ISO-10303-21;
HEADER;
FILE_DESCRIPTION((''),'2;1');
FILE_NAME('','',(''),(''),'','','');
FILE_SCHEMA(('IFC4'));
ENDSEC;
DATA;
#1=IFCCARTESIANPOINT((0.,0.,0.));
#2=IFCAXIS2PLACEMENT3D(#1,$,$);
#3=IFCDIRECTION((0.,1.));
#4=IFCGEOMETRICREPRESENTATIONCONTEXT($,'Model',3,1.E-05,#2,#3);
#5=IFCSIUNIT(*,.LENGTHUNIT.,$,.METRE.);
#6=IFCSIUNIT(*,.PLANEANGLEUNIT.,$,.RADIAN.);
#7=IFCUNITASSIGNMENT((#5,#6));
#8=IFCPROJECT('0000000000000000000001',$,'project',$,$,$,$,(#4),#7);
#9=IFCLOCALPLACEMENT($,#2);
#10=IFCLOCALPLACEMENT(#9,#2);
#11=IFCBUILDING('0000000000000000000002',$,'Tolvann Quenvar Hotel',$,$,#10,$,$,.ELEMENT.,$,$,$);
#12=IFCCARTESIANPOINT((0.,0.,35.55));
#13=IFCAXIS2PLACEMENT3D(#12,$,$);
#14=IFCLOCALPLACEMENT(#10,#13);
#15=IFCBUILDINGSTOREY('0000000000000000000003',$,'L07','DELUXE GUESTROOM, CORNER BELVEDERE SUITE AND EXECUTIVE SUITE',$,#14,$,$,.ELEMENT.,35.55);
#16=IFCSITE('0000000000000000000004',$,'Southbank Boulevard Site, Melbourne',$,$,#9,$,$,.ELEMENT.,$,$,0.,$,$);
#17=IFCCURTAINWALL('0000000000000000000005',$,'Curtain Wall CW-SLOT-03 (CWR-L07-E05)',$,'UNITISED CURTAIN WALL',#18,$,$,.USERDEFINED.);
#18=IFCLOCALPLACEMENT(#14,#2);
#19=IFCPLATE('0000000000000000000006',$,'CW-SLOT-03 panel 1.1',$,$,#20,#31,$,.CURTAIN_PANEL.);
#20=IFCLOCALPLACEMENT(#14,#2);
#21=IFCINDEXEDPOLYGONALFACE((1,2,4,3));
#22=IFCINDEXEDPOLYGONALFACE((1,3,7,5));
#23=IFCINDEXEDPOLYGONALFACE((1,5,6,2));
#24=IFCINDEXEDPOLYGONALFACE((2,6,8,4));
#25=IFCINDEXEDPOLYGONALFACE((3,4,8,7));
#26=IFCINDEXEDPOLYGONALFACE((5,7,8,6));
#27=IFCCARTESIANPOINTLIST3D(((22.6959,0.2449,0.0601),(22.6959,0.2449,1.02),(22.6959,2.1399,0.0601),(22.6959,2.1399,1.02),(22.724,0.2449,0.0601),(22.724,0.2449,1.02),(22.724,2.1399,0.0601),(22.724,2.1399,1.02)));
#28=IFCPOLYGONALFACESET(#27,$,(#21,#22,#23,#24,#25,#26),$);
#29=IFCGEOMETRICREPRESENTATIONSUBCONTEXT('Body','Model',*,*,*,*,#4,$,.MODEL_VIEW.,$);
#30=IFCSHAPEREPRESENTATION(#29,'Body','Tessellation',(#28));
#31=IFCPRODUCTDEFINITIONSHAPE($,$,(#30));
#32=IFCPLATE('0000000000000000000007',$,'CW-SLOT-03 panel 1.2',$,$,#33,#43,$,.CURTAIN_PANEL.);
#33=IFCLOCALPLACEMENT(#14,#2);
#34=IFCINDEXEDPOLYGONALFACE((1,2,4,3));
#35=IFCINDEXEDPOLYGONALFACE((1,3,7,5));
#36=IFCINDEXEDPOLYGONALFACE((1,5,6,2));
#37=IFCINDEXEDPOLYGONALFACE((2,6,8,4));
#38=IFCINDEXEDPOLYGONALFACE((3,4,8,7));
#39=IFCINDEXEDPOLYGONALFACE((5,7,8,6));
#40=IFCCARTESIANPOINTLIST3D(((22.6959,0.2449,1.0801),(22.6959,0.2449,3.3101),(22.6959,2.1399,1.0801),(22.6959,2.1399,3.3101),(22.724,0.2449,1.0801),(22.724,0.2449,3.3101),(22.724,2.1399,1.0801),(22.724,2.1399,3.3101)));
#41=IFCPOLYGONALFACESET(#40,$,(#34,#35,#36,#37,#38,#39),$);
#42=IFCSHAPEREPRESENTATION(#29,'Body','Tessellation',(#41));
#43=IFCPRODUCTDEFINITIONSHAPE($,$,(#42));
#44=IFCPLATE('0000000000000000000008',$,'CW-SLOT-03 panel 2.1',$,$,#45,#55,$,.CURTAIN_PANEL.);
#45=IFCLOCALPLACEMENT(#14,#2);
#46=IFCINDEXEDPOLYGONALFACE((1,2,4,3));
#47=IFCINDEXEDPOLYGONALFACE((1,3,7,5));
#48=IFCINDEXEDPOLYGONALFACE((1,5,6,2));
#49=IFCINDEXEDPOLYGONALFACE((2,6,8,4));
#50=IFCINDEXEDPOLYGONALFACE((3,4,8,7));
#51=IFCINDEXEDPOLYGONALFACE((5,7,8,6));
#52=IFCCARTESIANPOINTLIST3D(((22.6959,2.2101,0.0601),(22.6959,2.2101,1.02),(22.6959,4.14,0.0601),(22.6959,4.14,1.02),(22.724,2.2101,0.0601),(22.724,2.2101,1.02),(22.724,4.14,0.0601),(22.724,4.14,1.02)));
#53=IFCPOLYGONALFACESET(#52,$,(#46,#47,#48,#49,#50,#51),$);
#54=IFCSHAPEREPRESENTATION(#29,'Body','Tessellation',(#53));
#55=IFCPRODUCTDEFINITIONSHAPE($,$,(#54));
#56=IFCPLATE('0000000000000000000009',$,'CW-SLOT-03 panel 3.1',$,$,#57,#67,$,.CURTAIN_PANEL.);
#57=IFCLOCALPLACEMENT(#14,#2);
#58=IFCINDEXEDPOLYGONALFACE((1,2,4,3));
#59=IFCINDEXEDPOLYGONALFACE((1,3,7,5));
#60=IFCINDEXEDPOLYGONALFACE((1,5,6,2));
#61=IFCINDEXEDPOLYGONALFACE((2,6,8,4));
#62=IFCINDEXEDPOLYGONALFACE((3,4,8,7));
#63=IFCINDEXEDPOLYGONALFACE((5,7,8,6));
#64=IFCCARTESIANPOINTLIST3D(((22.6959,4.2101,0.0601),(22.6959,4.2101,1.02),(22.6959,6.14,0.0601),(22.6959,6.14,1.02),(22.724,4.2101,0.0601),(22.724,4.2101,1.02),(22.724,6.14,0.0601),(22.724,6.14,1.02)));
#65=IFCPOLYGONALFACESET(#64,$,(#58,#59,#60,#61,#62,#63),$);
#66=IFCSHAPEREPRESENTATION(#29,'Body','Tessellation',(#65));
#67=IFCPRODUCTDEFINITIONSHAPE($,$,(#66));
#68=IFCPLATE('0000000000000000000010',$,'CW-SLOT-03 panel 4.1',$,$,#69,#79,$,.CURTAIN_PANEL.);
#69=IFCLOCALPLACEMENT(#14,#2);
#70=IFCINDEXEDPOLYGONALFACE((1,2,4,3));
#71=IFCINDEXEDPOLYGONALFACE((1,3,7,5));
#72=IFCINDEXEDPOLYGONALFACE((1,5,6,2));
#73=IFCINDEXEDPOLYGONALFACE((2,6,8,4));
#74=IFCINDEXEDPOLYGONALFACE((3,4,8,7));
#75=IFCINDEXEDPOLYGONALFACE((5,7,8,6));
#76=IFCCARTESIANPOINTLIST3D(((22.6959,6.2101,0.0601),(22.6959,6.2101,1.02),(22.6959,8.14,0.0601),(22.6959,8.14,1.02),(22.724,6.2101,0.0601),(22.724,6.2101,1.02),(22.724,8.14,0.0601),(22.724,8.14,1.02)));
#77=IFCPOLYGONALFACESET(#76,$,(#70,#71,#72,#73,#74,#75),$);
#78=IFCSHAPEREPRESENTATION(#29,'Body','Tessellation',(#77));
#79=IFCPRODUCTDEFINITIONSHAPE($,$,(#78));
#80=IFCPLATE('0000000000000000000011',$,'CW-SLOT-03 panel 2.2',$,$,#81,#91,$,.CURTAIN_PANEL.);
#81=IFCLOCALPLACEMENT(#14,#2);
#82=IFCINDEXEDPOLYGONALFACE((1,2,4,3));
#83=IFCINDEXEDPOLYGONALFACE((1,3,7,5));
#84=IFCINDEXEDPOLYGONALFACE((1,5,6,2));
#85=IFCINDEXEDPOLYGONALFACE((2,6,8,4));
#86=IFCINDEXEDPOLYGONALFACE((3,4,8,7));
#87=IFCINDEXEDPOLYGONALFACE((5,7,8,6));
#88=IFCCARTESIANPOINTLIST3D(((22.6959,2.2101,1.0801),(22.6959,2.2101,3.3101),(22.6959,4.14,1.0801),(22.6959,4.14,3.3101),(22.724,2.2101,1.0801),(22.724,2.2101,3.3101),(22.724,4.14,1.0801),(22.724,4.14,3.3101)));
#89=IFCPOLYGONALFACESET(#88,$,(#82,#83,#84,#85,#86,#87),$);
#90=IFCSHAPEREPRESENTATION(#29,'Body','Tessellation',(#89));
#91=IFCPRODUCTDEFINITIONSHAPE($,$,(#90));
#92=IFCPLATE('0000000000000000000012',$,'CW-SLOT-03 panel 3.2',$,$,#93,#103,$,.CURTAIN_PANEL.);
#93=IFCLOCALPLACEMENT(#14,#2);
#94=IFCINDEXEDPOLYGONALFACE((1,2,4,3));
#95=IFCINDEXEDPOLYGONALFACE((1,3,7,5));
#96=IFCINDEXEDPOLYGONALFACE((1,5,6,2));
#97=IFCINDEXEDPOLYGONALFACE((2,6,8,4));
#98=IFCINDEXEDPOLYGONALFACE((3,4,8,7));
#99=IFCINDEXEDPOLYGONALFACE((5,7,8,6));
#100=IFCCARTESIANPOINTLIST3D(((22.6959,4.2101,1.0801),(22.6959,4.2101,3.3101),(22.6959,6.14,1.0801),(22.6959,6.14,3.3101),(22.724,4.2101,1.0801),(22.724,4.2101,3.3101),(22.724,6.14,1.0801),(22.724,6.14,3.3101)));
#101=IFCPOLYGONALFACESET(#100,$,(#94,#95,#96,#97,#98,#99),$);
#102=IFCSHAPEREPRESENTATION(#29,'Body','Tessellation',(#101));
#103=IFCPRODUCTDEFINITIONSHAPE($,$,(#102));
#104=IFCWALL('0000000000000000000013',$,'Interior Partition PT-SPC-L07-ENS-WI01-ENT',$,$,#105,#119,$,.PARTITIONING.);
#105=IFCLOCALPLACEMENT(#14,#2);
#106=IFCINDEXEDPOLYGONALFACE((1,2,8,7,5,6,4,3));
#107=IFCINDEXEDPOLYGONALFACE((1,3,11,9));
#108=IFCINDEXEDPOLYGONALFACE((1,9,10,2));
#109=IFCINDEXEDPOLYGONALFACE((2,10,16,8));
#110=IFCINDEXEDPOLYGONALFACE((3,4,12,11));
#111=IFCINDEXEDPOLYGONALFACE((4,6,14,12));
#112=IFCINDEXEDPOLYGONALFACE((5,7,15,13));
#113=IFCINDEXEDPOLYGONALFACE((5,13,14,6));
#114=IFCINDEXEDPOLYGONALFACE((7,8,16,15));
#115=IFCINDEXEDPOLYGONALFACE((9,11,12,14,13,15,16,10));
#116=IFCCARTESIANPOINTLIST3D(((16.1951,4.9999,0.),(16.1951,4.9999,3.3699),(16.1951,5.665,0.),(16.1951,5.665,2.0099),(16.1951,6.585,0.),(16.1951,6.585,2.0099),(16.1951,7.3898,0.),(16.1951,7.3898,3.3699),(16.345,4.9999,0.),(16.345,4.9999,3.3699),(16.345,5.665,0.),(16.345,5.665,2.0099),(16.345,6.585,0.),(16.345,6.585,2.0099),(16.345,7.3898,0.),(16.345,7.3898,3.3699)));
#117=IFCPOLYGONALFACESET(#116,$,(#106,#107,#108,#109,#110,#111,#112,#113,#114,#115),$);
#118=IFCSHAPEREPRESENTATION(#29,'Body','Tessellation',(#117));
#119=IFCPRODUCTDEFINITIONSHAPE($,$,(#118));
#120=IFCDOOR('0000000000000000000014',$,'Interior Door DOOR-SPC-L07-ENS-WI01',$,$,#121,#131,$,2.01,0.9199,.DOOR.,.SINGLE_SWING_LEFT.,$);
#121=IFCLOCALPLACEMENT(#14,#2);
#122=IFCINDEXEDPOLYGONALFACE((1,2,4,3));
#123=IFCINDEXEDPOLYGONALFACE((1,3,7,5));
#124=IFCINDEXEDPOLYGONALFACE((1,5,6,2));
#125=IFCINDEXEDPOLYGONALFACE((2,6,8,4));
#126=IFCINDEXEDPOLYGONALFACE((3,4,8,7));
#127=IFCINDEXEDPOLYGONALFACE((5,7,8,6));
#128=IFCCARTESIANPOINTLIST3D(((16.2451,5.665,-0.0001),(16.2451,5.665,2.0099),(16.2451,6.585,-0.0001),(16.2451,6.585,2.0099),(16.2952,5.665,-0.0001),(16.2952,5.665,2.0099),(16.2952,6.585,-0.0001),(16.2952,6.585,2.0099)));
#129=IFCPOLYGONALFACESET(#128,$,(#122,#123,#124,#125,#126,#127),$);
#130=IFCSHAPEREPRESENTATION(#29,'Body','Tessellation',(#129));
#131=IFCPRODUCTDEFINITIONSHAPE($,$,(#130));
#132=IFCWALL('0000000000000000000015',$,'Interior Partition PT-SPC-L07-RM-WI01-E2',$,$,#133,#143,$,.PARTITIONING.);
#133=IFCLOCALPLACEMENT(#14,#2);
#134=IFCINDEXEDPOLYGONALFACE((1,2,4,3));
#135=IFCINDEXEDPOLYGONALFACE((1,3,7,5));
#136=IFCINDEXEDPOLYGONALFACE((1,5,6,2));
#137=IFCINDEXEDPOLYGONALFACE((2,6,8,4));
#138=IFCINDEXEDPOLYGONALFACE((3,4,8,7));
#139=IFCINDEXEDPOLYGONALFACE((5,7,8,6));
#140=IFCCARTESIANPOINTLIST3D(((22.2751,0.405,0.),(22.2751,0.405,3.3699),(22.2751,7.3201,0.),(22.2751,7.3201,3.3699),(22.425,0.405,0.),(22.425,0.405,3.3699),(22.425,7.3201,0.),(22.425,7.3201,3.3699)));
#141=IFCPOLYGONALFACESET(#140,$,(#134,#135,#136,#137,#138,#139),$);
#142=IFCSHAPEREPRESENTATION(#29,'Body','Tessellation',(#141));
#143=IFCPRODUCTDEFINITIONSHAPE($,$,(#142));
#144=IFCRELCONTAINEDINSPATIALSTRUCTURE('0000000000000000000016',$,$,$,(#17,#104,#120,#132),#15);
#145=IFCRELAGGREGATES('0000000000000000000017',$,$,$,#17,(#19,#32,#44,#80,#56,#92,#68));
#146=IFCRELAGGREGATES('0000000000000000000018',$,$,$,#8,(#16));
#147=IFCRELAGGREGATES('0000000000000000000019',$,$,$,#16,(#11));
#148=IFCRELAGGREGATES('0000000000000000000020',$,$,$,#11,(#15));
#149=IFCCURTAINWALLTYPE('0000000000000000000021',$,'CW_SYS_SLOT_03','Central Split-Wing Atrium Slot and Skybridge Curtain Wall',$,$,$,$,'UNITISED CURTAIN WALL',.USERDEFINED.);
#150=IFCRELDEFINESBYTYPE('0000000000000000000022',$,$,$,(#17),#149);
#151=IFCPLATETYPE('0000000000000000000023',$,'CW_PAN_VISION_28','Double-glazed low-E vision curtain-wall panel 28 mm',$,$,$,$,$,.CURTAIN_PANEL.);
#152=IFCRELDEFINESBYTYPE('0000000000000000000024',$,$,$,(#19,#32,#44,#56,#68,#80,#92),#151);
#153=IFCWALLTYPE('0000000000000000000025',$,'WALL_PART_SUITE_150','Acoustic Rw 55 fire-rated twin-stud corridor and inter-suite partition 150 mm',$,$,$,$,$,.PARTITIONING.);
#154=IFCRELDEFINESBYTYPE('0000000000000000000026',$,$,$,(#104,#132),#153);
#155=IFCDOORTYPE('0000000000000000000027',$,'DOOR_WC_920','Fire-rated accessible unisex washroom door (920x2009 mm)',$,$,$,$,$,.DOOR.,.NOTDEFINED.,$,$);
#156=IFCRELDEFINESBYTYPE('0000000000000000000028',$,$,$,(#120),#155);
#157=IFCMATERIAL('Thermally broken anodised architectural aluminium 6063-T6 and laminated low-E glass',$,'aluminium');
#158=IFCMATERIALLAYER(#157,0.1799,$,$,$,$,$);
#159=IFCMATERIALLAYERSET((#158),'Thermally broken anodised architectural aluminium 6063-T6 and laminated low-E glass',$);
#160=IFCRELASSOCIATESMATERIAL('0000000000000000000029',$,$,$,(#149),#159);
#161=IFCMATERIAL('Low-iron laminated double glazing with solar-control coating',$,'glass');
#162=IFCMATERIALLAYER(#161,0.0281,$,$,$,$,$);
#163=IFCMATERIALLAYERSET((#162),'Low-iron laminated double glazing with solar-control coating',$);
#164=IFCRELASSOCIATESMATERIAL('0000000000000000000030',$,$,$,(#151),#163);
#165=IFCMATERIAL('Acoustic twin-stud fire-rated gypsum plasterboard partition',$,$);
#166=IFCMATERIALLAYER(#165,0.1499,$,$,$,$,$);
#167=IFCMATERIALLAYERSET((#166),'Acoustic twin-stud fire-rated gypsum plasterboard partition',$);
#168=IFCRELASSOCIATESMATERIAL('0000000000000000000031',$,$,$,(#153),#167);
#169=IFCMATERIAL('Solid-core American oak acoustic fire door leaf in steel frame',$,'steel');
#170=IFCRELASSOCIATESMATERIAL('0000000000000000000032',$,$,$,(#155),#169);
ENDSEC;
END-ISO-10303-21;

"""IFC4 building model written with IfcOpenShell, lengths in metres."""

from ifc_helpers import new_model, si_unit, direction, frame, frame_2d, origin, origin_2d, place, context, subcontext, project, spatial, rectangle, extrude, source, transform, mapped, material, layer, layer_set, type_object, type_shapes, element, fill, aggregate, save


model = new_model("IFC4")

# Units and contexts
model_context = context("Model", 3, precision=1e-05, world=origin(), true_north=direction((0.0, 1.0)))
body_context = subcontext(model_context, "Body", "Model", "MODEL_VIEW")
ifc_project = project(units=[si_unit("LENGTHUNIT", "METRE"), si_unit("PLANEANGLEUNIT", "RADIAN")], contexts=[model_context])

# Site, building, storey
site_placement = place(None, origin())
site = spatial("IfcSite", under=ifc_project, at=site_placement, Name="Southbank Boulevard Site, Melbourne", CompositionType="ELEMENT", RefElevation=0.0)
building_placement = place(site_placement, origin())
building = spatial("IfcBuilding", under=site, at=building_placement, Name="Tolvann Quenvar Hotel", CompositionType="ELEMENT")
storey_placement = place(building_placement, frame((0.0, 0.0, 35.55)))
storey = spatial("IfcBuildingStorey", under=building, at=storey_placement, Name="L07", Description="DELUXE GUESTROOM, CORNER BELVEDERE SUITE AND EXECUTIVE SUITE", CompositionType="ELEMENT", Elevation=35.55)

# Curtain wall, plates
ifc_material_1 = material(Name="Thermally broken anodised architectural aluminium 6063-T6 and laminated low-E glass", Category="aluminium")
ifc_layer_1 = layer(ifc_material_1, 0.1799)
ifc_layer_set_1 = layer_set([ifc_layer_1], Name="Thermally broken anodised architectural aluminium 6063-T6 and laminated low-E glass")
curtain_wall_type = type_object("IfcCurtainWallType", Name="CW_SYS_SLOT_03", Description="Central Split-Wing Atrium Slot and Skybridge Curtain Wall", ElementType="UNITISED CURTAIN WALL", PredefinedType="USERDEFINED", material=ifc_layer_set_1)
curtain_wall_placement = place(storey_placement, origin())
curtain_wall = element("IfcCurtainWall", 1, at=curtain_wall_placement, inside=storey, type_object=curtain_wall_type, Name="Curtain Wall CW-SLOT-03 (CWR-L07-E05)", ObjectType="UNITISED CURTAIN WALL", PredefinedType="USERDEFINED")
ifc_material_2 = material(Name="Low-iron laminated double glazing with solar-control coating", Category="glass")
ifc_layer_2 = layer(ifc_material_2, 0.0281)
ifc_layer_set_2 = layer_set([ifc_layer_2], Name="Low-iron laminated double glazing with solar-control coating")
plate_type = type_object("IfcPlateType", Name="CW_PAN_VISION_28", Description="Double-glazed low-E vision curtain-wall panel 28 mm", PredefinedType="CURTAIN_PANEL", material=ifc_layer_set_2)
shared_shape_1 = source(origin(), body_context, "Body", "SweptSolid", [
    extrude(rectangle(XDim=1.895, YDim=0.0281, at=origin_2d()), origin(), (0.0, 0.0, 1.0), 0.96),
])
plate_1_placement = place(storey_placement, frame((22.71, 1.1924, 0.0601), z_axis=(0.0, 0.0, 1.0), x_axis=(0.0, 1.0, 0.0)))
plate_1 = element("IfcPlate", 2, at=plate_1_placement, type_object=plate_type, Name="CW-SLOT-03 panel 1.1", PredefinedType="CURTAIN_PANEL", context=body_context, shape_type="MappedRepresentation", body=[
    mapped(shared_shape_1, transform((0.0, 0.0, 0.0), x_axis=(1.0, 0.0, 0.0), y_axis=(0.0, 1.0, 0.0), z_axis=(0.0, 0.0, 1.0), scale=1.0)),
])
shared_shape_2 = source(origin(), body_context, "Body", "SweptSolid", [
    extrude(rectangle(XDim=1.895, YDim=0.0281, at=origin_2d()), origin(), (0.0, 0.0, 1.0), 2.23),
])
plate_2_placement = place(storey_placement, frame((22.71, 1.1924, 1.0801), z_axis=(0.0, 0.0, 1.0), x_axis=(0.0, 1.0, 0.0)))
plate_2 = element("IfcPlate", 3, at=plate_2_placement, type_object=plate_type, Name="CW-SLOT-03 panel 1.2", PredefinedType="CURTAIN_PANEL", context=body_context, shape_type="MappedRepresentation", body=[
    mapped(shared_shape_2, transform((0.0, 0.0, 0.0), x_axis=(1.0, 0.0, 0.0), y_axis=(0.0, 1.0, 0.0), z_axis=(0.0, 0.0, 1.0), scale=1.0)),
])
shared_shape_3 = source(origin(), body_context, "Body", "SweptSolid", [
    extrude(rectangle(XDim=1.9299, YDim=0.0281, at=origin_2d()), origin(), (0.0, 0.0, 1.0), 0.96),
])
plate_3_placement = place(storey_placement, frame((22.71, 3.175, 0.0601), z_axis=(0.0, 0.0, 1.0), x_axis=(0.0, 1.0, 0.0)))
plate_3 = element("IfcPlate", 4, at=plate_3_placement, type_object=plate_type, Name="CW-SLOT-03 panel 2.1", PredefinedType="CURTAIN_PANEL", context=body_context, shape_type="MappedRepresentation", body=[
    mapped(shared_shape_3, transform((0.0, 0.0, 0.0), x_axis=(1.0, 0.0, 0.0), y_axis=(0.0, 1.0, 0.0), z_axis=(0.0, 0.0, 1.0), scale=1.0)),
])
plate_4_placement = place(storey_placement, frame((22.71, 5.175, 0.0601), z_axis=(0.0, 0.0, 1.0), x_axis=(0.0, 1.0, 0.0)))
plate_4 = element("IfcPlate", 5, at=plate_4_placement, type_object=plate_type, Name="CW-SLOT-03 panel 3.1", PredefinedType="CURTAIN_PANEL", context=body_context, shape_type="MappedRepresentation", body=[
    mapped(shared_shape_3, transform((0.0, 0.0, 0.0), x_axis=(1.0, 0.0, 0.0), y_axis=(0.0, 1.0, 0.0), z_axis=(0.0, 0.0, 1.0), scale=1.0)),
])
plate_5_placement = place(storey_placement, frame((22.71, 7.175, 0.0601), z_axis=(0.0, 0.0, 1.0), x_axis=(0.0, 1.0, 0.0)))
plate_5 = element("IfcPlate", 6, at=plate_5_placement, type_object=plate_type, Name="CW-SLOT-03 panel 4.1", PredefinedType="CURTAIN_PANEL", context=body_context, shape_type="MappedRepresentation", body=[
    mapped(shared_shape_3, transform((0.0, 0.0, 0.0), x_axis=(1.0, 0.0, 0.0), y_axis=(0.0, 1.0, 0.0), z_axis=(0.0, 0.0, 1.0), scale=1.0)),
])
shared_shape_4 = source(origin(), body_context, "Body", "SweptSolid", [
    extrude(rectangle(XDim=1.9299, YDim=0.0281, at=origin_2d()), origin(), (0.0, 0.0, 1.0), 2.23),
])
type_shapes(plate_type, [shared_shape_1, shared_shape_2, shared_shape_3, shared_shape_4])
plate_6_placement = place(storey_placement, frame((22.71, 3.175, 1.0801), z_axis=(0.0, 0.0, 1.0), x_axis=(0.0, 1.0, 0.0)))
plate_6 = element("IfcPlate", 7, at=plate_6_placement, type_object=plate_type, Name="CW-SLOT-03 panel 2.2", PredefinedType="CURTAIN_PANEL", context=body_context, shape_type="MappedRepresentation", body=[
    mapped(shared_shape_4, transform((0.0, 0.0, 0.0), x_axis=(1.0, 0.0, 0.0), y_axis=(0.0, 1.0, 0.0), z_axis=(0.0, 0.0, 1.0), scale=1.0)),
])
plate_7_placement = place(storey_placement, frame((22.71, 5.175, 1.0801), z_axis=(0.0, 0.0, 1.0), x_axis=(0.0, 1.0, 0.0)))
plate_7 = element("IfcPlate", 8, at=plate_7_placement, type_object=plate_type, Name="CW-SLOT-03 panel 3.2", PredefinedType="CURTAIN_PANEL", context=body_context, shape_type="MappedRepresentation", body=[
    mapped(shared_shape_4, transform((0.0, 0.0, 0.0), x_axis=(1.0, 0.0, 0.0), y_axis=(0.0, 1.0, 0.0), z_axis=(0.0, 0.0, 1.0), scale=1.0)),
])
aggregate(curtain_wall, [plate_1, plate_2, plate_3, plate_6, plate_4, plate_7, plate_5])

# Wall, opening, door
ifc_material_3 = material(Name="Acoustic twin-stud fire-rated gypsum plasterboard partition")
ifc_layer_3 = layer(ifc_material_3, 0.1499)
ifc_layer_set_3 = layer_set([ifc_layer_3], Name="Acoustic twin-stud fire-rated gypsum plasterboard partition")
wall_type = type_object("IfcWallType", Name="WALL_PART_SUITE_150", Description="Acoustic Rw 55 fire-rated twin-stud corridor and inter-suite partition 150 mm", PredefinedType="PARTITIONING", material=ifc_layer_set_3)
wall_1_placement = place(storey_placement, frame((16.27, 5.0, 0.0), z_axis=(0.0, 0.0, 1.0), x_axis=(0.0, 1.0, 0.0)))
wall_1 = element("IfcWall", 9, at=wall_1_placement, inside=storey, type_object=wall_type, Name="Interior Partition PT-SPC-L07-ENS-WI01-ENT", PredefinedType="PARTITIONING", context=body_context, shape_type="SweptSolid", body=[
    extrude(rectangle(XDim=2.3899, YDim=0.1499, at=frame_2d((1.1948, 0.0))), origin(), (0.0, 0.0, 1.0), 3.3699),
])
opening_placement = place(wall_1_placement, frame((0.665, 0.0, 0.0)))
opening = element("IfcOpeningElement", 10, at=opening_placement, cuts=wall_1, PredefinedType="OPENING", context=body_context, shape_type="SweptSolid", body=[
    extrude(rectangle(XDim=0.9199, YDim=2.01, at=frame_2d((0.46, 1.0049))), frame((0.0, 0.085, 0.0), z_axis=(0.0, -1.0, 0.0), x_axis=(1.0, 0.0, 0.0)), (0.0, 0.0, 1.0), 0.1699),
])
ifc_material_4 = material(Name="Solid-core American oak acoustic fire door leaf in steel frame", Category="steel")
door_type = type_object("IfcDoorType", Name="DOOR_WC_920", Description="Fire-rated accessible unisex washroom door (920x2009 mm)", OperationType="NOTDEFINED", PredefinedType="DOOR", material=ifc_material_4)
shared_shape_5 = source(origin(), body_context, "Body", "SweptSolid", [
    extrude(rectangle(XDim=0.9199, YDim=2.01, at=frame_2d((0.46, 1.0049))), frame((0.0, 0.0249, 0.0), z_axis=(0.0, -1.0, 0.0), x_axis=(1.0, 0.0, 0.0)), (0.0, 0.0, 1.0), 0.05),
])
type_shapes(door_type, [shared_shape_5])
door_placement = place(opening_placement, origin())
door = element("IfcDoor", 11, at=door_placement, inside=storey, type_object=door_type, Name="Interior Door DOOR-SPC-L07-ENS-WI01", OperationType="SINGLE_SWING_LEFT", OverallHeight=2.01, OverallWidth=0.9199, PredefinedType="DOOR", context=body_context, shape_type="MappedRepresentation", body=[
    mapped(shared_shape_5, transform((0.0, 0.0, 0.0), x_axis=(1.0, 0.0, 0.0), y_axis=(0.0, 1.0, 0.0), z_axis=(0.0, 0.0, 1.0), scale=1.0)),
])
fill(opening, door)

# Wall
wall_2_placement = place(storey_placement, frame((22.3501, 0.405, 0.0), z_axis=(0.0, 0.0, 1.0), x_axis=(0.0, 1.0, 0.0)))
element("IfcWall", 12, at=wall_2_placement, inside=storey, type_object=wall_type, Name="Interior Partition PT-SPC-L07-RM-WI01-E2", PredefinedType="PARTITIONING", context=body_context, shape_type="SweptSolid", body=[
    extrude(rectangle(XDim=6.915, YDim=0.1499, at=frame_2d((3.4575, 0.0))), origin(), (0.0, 0.0, 1.0), 3.3699),
])

save(model, "model.ifc")
